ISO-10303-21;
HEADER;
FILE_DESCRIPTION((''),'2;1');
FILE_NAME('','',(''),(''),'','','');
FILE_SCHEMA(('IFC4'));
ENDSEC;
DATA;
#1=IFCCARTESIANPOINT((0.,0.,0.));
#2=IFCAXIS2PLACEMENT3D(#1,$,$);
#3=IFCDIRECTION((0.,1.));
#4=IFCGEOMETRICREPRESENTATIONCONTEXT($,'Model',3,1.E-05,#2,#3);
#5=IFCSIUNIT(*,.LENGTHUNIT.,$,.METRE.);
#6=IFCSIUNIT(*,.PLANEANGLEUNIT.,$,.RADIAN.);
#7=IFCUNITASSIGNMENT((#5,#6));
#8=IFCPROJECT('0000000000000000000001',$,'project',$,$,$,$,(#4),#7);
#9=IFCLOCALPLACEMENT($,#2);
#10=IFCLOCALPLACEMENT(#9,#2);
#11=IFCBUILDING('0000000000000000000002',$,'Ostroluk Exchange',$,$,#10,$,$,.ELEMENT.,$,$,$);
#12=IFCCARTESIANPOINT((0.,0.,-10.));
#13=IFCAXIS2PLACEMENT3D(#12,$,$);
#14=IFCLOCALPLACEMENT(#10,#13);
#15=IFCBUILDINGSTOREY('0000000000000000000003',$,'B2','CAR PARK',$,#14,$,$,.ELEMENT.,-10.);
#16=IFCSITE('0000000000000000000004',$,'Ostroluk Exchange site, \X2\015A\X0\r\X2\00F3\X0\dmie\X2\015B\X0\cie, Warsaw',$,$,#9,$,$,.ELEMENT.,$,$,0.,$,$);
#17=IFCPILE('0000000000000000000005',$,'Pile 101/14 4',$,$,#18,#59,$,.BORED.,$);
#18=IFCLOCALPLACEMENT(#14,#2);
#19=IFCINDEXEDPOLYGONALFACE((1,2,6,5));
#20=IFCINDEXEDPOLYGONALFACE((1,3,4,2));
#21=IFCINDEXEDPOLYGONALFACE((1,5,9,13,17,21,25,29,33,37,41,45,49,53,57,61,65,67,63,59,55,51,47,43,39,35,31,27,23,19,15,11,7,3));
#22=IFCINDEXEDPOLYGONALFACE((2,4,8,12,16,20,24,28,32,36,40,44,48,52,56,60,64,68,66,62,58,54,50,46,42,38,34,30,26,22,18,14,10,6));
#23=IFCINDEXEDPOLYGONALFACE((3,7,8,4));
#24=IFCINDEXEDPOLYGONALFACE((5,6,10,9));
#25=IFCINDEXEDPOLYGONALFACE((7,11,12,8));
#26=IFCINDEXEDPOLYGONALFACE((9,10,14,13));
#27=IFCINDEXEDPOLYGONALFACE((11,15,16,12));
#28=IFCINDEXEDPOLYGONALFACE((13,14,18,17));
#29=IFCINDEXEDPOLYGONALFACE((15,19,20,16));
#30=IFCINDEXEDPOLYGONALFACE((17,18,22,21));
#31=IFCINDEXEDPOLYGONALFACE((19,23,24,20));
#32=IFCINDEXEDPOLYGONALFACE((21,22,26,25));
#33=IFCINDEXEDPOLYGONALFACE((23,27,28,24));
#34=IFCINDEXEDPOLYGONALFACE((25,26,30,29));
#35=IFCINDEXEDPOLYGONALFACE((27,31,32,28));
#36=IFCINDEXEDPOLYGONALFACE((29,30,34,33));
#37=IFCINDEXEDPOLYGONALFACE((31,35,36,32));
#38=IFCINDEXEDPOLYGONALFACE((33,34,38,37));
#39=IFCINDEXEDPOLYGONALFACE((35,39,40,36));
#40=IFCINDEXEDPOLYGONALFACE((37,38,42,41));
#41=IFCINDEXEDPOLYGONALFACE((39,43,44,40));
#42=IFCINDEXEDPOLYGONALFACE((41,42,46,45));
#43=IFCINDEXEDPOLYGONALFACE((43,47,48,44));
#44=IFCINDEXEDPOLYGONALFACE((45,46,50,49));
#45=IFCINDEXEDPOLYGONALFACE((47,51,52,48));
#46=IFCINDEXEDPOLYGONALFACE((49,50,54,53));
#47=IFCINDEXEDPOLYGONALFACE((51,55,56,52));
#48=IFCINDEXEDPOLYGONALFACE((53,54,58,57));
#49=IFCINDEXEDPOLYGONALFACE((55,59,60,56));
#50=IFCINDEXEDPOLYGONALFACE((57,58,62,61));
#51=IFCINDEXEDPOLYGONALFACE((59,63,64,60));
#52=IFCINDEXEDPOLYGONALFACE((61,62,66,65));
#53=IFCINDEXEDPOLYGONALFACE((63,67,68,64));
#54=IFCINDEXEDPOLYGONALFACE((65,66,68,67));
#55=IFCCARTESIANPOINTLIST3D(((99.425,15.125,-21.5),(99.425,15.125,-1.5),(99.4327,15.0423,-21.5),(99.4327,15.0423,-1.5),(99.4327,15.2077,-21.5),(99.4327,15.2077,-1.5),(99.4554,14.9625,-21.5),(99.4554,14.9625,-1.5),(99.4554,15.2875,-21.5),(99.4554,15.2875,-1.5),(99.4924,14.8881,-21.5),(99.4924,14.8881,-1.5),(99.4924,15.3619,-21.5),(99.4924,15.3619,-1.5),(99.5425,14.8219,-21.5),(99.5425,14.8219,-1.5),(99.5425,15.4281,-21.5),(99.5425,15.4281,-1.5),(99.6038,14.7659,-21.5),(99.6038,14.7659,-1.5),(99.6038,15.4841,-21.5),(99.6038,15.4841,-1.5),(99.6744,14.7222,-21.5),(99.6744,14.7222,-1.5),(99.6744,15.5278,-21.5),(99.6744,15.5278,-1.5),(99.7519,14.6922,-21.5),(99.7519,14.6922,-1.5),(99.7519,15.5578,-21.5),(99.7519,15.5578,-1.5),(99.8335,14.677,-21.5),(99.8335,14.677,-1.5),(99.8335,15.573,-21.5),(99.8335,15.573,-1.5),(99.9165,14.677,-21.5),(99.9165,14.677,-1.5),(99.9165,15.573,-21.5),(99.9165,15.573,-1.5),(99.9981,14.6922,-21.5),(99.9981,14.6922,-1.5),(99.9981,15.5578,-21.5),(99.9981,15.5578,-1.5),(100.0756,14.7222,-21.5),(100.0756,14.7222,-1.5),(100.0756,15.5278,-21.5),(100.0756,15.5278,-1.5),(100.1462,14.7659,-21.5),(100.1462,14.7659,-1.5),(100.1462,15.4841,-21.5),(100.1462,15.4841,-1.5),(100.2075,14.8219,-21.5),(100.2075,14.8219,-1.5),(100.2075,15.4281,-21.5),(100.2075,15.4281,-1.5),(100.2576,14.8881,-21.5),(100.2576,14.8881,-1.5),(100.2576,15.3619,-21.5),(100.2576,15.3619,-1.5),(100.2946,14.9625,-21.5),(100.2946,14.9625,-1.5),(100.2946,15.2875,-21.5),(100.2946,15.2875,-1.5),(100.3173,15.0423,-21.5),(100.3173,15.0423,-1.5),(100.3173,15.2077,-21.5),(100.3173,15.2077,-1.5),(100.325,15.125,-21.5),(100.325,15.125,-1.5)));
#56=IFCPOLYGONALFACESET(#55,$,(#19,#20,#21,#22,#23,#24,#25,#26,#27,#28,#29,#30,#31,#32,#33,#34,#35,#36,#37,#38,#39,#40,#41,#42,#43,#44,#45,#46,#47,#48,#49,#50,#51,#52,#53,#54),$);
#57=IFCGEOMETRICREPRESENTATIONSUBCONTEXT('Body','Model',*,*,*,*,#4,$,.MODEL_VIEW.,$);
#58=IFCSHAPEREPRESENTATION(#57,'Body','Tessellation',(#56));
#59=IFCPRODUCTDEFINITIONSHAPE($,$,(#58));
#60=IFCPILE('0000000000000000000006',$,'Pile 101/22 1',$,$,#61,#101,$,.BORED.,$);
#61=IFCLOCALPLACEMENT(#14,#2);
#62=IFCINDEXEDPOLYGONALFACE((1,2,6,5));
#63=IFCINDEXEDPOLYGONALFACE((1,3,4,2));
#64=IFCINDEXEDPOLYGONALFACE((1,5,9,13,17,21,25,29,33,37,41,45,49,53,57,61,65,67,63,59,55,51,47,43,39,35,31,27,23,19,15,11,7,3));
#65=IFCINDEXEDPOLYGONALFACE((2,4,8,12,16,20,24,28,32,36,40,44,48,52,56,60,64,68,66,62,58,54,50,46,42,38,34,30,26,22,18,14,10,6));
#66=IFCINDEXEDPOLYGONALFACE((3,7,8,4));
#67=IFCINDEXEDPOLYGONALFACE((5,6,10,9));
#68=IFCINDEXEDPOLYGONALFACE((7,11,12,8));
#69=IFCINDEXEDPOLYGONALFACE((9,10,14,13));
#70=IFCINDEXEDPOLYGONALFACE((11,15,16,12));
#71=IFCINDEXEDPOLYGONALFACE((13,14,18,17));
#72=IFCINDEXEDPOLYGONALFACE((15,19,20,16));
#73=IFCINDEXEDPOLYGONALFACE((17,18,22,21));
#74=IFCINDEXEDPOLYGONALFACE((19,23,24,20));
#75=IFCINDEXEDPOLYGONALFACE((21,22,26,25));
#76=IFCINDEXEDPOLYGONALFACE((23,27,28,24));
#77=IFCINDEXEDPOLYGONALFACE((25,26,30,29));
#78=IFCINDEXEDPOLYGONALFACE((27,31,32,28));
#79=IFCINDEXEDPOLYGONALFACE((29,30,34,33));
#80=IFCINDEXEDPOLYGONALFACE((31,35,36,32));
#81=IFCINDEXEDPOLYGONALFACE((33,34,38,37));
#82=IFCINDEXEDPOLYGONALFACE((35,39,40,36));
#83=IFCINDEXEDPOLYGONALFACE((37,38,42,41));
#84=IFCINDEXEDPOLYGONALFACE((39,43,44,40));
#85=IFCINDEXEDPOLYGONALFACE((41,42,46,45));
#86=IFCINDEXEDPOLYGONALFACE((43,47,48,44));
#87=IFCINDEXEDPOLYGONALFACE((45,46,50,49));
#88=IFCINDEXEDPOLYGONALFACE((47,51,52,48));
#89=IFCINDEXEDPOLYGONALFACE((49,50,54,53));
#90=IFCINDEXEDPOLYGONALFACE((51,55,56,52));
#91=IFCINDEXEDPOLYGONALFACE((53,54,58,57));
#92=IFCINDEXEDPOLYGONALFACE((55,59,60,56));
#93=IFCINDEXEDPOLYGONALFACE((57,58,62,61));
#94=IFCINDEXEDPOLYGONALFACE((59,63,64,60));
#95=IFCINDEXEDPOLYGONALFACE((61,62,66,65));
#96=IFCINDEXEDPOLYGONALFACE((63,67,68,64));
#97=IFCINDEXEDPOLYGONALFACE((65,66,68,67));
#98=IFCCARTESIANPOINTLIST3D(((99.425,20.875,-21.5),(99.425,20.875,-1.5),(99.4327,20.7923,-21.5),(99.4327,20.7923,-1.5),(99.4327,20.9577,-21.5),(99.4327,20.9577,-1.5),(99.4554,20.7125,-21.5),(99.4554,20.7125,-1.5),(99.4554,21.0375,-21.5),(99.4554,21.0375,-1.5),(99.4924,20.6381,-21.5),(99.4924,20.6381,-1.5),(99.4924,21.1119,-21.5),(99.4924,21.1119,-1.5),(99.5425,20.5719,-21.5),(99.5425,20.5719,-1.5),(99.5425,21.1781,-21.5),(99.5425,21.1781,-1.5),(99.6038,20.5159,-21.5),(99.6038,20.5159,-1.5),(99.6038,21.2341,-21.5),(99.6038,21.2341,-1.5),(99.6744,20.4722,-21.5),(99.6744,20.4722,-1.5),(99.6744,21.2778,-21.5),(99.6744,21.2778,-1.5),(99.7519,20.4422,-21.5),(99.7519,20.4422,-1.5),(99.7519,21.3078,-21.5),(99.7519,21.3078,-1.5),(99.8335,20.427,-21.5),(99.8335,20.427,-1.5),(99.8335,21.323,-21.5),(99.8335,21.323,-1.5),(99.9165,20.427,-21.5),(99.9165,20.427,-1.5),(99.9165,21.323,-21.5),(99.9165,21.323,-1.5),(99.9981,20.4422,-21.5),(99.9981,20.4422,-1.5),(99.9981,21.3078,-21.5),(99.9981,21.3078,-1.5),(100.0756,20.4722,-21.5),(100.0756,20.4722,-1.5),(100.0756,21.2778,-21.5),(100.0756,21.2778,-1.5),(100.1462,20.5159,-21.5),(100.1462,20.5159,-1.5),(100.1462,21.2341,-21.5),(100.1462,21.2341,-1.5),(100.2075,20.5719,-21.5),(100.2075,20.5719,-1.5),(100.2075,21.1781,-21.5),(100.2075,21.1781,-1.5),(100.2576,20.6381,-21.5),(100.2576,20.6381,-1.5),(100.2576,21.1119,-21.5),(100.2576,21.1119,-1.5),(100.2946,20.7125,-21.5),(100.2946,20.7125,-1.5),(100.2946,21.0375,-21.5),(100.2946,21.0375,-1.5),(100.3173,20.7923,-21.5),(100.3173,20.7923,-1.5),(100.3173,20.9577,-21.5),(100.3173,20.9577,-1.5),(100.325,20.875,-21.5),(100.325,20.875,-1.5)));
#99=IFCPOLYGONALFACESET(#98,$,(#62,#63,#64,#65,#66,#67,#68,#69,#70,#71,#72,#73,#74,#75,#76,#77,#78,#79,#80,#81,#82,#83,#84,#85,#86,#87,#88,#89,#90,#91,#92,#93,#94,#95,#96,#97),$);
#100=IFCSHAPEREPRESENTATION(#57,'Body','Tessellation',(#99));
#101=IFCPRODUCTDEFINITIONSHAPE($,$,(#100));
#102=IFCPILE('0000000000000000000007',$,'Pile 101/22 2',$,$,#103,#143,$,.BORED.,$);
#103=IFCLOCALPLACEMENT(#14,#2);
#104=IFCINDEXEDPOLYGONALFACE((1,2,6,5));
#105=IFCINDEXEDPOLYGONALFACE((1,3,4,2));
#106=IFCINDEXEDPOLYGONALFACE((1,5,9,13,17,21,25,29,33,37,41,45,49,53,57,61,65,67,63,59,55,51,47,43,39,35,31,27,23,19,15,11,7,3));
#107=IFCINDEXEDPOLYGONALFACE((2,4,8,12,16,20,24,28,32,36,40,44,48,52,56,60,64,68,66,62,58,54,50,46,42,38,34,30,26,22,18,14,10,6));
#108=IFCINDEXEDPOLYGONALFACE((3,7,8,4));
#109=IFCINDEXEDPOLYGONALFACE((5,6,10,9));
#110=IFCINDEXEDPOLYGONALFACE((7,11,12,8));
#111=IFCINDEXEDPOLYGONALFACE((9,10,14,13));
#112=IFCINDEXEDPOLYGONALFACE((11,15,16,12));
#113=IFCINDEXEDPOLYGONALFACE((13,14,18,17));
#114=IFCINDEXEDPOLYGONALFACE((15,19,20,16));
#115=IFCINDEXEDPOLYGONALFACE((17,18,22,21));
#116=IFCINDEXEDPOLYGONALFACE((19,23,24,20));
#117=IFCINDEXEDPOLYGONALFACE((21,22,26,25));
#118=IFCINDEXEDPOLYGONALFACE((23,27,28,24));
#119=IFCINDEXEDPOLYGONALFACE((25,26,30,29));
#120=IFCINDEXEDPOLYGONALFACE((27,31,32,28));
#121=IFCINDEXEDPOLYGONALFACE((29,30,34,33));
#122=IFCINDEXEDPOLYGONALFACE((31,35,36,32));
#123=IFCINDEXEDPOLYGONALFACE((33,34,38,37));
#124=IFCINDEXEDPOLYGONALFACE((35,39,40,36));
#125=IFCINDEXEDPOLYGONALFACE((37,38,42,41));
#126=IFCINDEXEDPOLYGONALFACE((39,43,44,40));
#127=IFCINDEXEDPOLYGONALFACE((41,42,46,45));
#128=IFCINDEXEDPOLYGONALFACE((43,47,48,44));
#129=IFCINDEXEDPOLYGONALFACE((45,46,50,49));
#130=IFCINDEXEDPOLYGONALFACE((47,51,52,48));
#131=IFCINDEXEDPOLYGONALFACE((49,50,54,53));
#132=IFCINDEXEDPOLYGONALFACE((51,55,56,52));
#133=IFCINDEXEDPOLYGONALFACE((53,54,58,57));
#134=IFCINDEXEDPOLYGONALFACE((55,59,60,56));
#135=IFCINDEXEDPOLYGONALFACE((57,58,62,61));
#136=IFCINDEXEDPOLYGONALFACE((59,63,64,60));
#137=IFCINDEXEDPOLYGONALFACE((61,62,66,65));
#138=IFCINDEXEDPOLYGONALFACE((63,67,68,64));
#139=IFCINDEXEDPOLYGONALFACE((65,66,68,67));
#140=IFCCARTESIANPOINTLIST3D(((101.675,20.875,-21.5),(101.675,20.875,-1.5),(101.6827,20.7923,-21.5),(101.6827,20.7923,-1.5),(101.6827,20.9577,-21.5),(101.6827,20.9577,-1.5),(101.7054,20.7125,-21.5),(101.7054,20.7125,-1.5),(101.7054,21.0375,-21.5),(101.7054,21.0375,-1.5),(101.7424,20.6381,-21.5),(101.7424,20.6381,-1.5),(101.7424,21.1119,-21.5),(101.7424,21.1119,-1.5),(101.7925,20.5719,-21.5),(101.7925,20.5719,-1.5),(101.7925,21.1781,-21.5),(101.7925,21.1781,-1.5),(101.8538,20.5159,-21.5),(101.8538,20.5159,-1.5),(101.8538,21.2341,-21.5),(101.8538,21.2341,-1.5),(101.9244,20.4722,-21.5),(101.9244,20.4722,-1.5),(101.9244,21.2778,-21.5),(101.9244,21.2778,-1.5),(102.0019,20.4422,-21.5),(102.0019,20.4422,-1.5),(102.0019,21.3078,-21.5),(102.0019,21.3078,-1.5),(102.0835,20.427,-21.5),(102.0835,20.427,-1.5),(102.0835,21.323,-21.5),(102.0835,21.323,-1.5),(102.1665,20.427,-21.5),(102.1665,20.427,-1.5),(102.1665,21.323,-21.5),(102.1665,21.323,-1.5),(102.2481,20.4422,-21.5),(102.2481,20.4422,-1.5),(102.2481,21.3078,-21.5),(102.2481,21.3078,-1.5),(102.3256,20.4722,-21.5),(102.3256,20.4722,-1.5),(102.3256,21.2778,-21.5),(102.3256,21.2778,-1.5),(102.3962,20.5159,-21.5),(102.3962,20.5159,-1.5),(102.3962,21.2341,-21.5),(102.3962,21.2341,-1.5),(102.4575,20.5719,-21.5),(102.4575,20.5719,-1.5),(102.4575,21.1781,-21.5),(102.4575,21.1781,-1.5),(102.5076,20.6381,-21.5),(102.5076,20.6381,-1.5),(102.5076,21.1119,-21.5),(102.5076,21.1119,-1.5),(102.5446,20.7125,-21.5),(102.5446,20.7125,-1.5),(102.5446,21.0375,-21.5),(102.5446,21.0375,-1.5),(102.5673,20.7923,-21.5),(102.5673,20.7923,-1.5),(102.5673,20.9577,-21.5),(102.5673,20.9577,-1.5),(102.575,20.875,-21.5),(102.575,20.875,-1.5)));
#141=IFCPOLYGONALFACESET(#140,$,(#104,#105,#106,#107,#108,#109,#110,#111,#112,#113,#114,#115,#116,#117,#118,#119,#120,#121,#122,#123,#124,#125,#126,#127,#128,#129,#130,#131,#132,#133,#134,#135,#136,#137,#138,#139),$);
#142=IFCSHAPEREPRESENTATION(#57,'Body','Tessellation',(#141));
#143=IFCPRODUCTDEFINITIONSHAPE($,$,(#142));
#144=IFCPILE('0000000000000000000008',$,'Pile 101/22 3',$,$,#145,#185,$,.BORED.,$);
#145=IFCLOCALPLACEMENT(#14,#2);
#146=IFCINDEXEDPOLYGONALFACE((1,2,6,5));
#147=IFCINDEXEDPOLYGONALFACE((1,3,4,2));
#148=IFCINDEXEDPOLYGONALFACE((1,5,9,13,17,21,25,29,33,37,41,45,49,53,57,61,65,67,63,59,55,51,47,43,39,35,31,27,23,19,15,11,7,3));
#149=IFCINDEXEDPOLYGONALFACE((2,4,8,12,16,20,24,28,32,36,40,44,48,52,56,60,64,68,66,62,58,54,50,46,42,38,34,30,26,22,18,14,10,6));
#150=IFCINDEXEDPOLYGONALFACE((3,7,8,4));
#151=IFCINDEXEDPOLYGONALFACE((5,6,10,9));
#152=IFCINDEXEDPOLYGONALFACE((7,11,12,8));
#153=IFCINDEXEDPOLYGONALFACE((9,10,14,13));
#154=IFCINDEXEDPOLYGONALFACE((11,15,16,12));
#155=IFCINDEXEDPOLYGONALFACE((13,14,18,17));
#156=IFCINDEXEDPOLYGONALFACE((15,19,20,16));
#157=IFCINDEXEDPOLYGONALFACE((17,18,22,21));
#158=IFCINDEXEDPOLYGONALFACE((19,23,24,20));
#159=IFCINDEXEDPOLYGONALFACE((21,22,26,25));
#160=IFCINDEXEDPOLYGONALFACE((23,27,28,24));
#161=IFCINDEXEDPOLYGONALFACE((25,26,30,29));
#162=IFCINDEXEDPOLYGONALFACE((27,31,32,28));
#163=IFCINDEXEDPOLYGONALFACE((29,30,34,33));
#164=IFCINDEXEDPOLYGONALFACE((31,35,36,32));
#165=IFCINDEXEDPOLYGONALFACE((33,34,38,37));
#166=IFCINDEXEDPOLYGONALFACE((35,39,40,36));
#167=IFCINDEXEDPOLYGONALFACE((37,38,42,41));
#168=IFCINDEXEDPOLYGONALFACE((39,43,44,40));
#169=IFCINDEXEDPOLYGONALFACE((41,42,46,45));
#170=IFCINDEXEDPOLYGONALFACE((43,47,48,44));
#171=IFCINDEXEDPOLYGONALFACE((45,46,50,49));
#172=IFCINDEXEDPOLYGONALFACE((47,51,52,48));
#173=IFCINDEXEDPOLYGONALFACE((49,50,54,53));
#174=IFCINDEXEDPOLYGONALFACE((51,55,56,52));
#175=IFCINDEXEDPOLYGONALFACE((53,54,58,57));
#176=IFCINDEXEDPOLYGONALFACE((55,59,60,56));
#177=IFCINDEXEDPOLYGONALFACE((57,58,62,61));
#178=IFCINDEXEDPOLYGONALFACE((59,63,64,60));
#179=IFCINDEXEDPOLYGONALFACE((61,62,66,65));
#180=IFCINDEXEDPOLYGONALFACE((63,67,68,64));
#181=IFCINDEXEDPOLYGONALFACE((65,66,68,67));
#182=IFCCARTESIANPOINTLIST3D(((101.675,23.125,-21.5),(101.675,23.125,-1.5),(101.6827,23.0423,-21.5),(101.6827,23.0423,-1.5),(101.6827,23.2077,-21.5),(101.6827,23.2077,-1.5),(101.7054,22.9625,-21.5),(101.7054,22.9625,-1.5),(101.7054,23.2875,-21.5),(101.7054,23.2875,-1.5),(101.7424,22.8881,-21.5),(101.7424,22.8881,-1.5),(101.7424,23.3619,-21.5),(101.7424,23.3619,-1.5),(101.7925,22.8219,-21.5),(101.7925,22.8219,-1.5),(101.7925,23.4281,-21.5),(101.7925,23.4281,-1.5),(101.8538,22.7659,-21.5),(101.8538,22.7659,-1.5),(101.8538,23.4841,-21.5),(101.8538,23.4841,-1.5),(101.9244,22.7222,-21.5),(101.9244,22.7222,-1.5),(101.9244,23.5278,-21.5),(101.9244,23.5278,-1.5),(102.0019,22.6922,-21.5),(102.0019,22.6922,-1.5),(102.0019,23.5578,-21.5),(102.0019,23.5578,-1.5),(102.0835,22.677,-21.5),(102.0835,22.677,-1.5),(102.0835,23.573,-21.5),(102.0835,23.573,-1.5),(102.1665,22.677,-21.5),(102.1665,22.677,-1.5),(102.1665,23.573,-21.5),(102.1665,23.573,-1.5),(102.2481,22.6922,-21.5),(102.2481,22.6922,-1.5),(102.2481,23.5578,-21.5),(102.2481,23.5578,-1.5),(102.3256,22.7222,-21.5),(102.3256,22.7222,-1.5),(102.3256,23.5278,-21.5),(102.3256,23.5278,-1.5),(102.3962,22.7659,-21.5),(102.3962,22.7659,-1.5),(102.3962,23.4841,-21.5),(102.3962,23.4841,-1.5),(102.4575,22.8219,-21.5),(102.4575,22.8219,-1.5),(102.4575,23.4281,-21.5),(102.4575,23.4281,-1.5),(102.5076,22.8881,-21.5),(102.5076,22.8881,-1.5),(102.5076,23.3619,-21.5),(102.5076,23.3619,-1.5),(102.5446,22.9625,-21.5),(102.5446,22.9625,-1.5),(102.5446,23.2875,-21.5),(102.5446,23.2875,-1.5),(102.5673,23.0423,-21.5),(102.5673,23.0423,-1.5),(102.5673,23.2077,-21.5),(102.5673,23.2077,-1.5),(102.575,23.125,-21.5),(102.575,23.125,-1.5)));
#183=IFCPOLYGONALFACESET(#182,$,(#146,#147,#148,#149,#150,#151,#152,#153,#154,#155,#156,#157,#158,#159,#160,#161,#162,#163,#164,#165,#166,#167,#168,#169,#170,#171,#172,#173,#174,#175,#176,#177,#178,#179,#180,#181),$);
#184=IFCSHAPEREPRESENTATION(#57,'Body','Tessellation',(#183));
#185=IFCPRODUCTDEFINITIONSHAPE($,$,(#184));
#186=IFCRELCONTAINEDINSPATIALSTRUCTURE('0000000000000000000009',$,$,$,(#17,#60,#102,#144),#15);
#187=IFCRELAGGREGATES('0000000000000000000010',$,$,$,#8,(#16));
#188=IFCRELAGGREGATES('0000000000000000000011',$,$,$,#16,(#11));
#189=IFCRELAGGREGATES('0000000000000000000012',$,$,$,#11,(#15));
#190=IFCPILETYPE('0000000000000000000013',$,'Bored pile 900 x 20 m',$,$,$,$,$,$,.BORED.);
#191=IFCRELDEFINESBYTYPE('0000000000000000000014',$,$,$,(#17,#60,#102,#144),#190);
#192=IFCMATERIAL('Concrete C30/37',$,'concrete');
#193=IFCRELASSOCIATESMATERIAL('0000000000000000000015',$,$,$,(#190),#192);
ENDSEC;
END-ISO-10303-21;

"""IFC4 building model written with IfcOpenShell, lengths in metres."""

from ifc_helpers import new_model, si_unit, direction, frame, origin, origin_2d, place, context, subcontext, project, spatial, circle, extrude, material, type_object, element, save


model = new_model("IFC4")

# Units and contexts
model_context = context("Model", 3, precision=1e-05, world=origin(), true_north=direction((0.0, 1.0)))
body_context = subcontext(model_context, "Body", "Model", "MODEL_VIEW")
ifc_project = project(units=[si_unit("LENGTHUNIT", "METRE"), si_unit("PLANEANGLEUNIT", "RADIAN")], contexts=[model_context])

# Site, building, storey
site_placement = place(None, origin())
site = spatial("IfcSite", under=ifc_project, at=site_placement, Name="Ostroluk Exchange site, Śródmieście, Warsaw", CompositionType="ELEMENT", RefElevation=0.0)
building_placement = place(site_placement, origin())
building = spatial("IfcBuilding", under=site, at=building_placement, Name="Ostroluk Exchange", CompositionType="ELEMENT")
storey_placement = place(building_placement, frame((0.0, 0.0, -10.0)))
storey = spatial("IfcBuildingStorey", under=building, at=storey_placement, Name="B2", Description="CAR PARK", CompositionType="ELEMENT", Elevation=-10.0)

# Piles
ifc_material_1 = material(Name="Concrete C30/37", Category="concrete")
pile_type_1 = type_object("IfcPileType", Name="Bored pile 900 x 20 m", PredefinedType="BORED", material=ifc_material_1)
for number, where, z_axis, x_axis, name in (
    (1, (99.875, 15.125, -1.5), (0.0, 0.0, -1.0), (1.0, 0.0, 0.0), "Pile 101/14 4"),
    (2, (99.875, 20.875, -1.5), (0.0, 0.0, -1.0), (1.0, 0.0, 0.0), "Pile 101/22 1"),
    (3, (102.125, 20.875, -1.5), (0.0, 0.0, -1.0), (1.0, 0.0, 0.0), "Pile 101/22 2"),
    (4, (102.125, 23.125, -1.5), (0.0, 0.0, -1.0), (1.0, 0.0, 0.0), "Pile 101/22 3"),
):
    element("IfcPile", number, at=place(storey_placement, frame(where, z_axis=z_axis, x_axis=x_axis)), inside=storey, type_object=pile_type_1, Name=name, PredefinedType="BORED", context=body_context, shape_type="SweptSolid", body=[
        extrude(circle(Radius=0.45, at=origin_2d()), origin(), (0.0, 0.0, 1.0), 20.0),
    ])

save(model, "model.ifc")
